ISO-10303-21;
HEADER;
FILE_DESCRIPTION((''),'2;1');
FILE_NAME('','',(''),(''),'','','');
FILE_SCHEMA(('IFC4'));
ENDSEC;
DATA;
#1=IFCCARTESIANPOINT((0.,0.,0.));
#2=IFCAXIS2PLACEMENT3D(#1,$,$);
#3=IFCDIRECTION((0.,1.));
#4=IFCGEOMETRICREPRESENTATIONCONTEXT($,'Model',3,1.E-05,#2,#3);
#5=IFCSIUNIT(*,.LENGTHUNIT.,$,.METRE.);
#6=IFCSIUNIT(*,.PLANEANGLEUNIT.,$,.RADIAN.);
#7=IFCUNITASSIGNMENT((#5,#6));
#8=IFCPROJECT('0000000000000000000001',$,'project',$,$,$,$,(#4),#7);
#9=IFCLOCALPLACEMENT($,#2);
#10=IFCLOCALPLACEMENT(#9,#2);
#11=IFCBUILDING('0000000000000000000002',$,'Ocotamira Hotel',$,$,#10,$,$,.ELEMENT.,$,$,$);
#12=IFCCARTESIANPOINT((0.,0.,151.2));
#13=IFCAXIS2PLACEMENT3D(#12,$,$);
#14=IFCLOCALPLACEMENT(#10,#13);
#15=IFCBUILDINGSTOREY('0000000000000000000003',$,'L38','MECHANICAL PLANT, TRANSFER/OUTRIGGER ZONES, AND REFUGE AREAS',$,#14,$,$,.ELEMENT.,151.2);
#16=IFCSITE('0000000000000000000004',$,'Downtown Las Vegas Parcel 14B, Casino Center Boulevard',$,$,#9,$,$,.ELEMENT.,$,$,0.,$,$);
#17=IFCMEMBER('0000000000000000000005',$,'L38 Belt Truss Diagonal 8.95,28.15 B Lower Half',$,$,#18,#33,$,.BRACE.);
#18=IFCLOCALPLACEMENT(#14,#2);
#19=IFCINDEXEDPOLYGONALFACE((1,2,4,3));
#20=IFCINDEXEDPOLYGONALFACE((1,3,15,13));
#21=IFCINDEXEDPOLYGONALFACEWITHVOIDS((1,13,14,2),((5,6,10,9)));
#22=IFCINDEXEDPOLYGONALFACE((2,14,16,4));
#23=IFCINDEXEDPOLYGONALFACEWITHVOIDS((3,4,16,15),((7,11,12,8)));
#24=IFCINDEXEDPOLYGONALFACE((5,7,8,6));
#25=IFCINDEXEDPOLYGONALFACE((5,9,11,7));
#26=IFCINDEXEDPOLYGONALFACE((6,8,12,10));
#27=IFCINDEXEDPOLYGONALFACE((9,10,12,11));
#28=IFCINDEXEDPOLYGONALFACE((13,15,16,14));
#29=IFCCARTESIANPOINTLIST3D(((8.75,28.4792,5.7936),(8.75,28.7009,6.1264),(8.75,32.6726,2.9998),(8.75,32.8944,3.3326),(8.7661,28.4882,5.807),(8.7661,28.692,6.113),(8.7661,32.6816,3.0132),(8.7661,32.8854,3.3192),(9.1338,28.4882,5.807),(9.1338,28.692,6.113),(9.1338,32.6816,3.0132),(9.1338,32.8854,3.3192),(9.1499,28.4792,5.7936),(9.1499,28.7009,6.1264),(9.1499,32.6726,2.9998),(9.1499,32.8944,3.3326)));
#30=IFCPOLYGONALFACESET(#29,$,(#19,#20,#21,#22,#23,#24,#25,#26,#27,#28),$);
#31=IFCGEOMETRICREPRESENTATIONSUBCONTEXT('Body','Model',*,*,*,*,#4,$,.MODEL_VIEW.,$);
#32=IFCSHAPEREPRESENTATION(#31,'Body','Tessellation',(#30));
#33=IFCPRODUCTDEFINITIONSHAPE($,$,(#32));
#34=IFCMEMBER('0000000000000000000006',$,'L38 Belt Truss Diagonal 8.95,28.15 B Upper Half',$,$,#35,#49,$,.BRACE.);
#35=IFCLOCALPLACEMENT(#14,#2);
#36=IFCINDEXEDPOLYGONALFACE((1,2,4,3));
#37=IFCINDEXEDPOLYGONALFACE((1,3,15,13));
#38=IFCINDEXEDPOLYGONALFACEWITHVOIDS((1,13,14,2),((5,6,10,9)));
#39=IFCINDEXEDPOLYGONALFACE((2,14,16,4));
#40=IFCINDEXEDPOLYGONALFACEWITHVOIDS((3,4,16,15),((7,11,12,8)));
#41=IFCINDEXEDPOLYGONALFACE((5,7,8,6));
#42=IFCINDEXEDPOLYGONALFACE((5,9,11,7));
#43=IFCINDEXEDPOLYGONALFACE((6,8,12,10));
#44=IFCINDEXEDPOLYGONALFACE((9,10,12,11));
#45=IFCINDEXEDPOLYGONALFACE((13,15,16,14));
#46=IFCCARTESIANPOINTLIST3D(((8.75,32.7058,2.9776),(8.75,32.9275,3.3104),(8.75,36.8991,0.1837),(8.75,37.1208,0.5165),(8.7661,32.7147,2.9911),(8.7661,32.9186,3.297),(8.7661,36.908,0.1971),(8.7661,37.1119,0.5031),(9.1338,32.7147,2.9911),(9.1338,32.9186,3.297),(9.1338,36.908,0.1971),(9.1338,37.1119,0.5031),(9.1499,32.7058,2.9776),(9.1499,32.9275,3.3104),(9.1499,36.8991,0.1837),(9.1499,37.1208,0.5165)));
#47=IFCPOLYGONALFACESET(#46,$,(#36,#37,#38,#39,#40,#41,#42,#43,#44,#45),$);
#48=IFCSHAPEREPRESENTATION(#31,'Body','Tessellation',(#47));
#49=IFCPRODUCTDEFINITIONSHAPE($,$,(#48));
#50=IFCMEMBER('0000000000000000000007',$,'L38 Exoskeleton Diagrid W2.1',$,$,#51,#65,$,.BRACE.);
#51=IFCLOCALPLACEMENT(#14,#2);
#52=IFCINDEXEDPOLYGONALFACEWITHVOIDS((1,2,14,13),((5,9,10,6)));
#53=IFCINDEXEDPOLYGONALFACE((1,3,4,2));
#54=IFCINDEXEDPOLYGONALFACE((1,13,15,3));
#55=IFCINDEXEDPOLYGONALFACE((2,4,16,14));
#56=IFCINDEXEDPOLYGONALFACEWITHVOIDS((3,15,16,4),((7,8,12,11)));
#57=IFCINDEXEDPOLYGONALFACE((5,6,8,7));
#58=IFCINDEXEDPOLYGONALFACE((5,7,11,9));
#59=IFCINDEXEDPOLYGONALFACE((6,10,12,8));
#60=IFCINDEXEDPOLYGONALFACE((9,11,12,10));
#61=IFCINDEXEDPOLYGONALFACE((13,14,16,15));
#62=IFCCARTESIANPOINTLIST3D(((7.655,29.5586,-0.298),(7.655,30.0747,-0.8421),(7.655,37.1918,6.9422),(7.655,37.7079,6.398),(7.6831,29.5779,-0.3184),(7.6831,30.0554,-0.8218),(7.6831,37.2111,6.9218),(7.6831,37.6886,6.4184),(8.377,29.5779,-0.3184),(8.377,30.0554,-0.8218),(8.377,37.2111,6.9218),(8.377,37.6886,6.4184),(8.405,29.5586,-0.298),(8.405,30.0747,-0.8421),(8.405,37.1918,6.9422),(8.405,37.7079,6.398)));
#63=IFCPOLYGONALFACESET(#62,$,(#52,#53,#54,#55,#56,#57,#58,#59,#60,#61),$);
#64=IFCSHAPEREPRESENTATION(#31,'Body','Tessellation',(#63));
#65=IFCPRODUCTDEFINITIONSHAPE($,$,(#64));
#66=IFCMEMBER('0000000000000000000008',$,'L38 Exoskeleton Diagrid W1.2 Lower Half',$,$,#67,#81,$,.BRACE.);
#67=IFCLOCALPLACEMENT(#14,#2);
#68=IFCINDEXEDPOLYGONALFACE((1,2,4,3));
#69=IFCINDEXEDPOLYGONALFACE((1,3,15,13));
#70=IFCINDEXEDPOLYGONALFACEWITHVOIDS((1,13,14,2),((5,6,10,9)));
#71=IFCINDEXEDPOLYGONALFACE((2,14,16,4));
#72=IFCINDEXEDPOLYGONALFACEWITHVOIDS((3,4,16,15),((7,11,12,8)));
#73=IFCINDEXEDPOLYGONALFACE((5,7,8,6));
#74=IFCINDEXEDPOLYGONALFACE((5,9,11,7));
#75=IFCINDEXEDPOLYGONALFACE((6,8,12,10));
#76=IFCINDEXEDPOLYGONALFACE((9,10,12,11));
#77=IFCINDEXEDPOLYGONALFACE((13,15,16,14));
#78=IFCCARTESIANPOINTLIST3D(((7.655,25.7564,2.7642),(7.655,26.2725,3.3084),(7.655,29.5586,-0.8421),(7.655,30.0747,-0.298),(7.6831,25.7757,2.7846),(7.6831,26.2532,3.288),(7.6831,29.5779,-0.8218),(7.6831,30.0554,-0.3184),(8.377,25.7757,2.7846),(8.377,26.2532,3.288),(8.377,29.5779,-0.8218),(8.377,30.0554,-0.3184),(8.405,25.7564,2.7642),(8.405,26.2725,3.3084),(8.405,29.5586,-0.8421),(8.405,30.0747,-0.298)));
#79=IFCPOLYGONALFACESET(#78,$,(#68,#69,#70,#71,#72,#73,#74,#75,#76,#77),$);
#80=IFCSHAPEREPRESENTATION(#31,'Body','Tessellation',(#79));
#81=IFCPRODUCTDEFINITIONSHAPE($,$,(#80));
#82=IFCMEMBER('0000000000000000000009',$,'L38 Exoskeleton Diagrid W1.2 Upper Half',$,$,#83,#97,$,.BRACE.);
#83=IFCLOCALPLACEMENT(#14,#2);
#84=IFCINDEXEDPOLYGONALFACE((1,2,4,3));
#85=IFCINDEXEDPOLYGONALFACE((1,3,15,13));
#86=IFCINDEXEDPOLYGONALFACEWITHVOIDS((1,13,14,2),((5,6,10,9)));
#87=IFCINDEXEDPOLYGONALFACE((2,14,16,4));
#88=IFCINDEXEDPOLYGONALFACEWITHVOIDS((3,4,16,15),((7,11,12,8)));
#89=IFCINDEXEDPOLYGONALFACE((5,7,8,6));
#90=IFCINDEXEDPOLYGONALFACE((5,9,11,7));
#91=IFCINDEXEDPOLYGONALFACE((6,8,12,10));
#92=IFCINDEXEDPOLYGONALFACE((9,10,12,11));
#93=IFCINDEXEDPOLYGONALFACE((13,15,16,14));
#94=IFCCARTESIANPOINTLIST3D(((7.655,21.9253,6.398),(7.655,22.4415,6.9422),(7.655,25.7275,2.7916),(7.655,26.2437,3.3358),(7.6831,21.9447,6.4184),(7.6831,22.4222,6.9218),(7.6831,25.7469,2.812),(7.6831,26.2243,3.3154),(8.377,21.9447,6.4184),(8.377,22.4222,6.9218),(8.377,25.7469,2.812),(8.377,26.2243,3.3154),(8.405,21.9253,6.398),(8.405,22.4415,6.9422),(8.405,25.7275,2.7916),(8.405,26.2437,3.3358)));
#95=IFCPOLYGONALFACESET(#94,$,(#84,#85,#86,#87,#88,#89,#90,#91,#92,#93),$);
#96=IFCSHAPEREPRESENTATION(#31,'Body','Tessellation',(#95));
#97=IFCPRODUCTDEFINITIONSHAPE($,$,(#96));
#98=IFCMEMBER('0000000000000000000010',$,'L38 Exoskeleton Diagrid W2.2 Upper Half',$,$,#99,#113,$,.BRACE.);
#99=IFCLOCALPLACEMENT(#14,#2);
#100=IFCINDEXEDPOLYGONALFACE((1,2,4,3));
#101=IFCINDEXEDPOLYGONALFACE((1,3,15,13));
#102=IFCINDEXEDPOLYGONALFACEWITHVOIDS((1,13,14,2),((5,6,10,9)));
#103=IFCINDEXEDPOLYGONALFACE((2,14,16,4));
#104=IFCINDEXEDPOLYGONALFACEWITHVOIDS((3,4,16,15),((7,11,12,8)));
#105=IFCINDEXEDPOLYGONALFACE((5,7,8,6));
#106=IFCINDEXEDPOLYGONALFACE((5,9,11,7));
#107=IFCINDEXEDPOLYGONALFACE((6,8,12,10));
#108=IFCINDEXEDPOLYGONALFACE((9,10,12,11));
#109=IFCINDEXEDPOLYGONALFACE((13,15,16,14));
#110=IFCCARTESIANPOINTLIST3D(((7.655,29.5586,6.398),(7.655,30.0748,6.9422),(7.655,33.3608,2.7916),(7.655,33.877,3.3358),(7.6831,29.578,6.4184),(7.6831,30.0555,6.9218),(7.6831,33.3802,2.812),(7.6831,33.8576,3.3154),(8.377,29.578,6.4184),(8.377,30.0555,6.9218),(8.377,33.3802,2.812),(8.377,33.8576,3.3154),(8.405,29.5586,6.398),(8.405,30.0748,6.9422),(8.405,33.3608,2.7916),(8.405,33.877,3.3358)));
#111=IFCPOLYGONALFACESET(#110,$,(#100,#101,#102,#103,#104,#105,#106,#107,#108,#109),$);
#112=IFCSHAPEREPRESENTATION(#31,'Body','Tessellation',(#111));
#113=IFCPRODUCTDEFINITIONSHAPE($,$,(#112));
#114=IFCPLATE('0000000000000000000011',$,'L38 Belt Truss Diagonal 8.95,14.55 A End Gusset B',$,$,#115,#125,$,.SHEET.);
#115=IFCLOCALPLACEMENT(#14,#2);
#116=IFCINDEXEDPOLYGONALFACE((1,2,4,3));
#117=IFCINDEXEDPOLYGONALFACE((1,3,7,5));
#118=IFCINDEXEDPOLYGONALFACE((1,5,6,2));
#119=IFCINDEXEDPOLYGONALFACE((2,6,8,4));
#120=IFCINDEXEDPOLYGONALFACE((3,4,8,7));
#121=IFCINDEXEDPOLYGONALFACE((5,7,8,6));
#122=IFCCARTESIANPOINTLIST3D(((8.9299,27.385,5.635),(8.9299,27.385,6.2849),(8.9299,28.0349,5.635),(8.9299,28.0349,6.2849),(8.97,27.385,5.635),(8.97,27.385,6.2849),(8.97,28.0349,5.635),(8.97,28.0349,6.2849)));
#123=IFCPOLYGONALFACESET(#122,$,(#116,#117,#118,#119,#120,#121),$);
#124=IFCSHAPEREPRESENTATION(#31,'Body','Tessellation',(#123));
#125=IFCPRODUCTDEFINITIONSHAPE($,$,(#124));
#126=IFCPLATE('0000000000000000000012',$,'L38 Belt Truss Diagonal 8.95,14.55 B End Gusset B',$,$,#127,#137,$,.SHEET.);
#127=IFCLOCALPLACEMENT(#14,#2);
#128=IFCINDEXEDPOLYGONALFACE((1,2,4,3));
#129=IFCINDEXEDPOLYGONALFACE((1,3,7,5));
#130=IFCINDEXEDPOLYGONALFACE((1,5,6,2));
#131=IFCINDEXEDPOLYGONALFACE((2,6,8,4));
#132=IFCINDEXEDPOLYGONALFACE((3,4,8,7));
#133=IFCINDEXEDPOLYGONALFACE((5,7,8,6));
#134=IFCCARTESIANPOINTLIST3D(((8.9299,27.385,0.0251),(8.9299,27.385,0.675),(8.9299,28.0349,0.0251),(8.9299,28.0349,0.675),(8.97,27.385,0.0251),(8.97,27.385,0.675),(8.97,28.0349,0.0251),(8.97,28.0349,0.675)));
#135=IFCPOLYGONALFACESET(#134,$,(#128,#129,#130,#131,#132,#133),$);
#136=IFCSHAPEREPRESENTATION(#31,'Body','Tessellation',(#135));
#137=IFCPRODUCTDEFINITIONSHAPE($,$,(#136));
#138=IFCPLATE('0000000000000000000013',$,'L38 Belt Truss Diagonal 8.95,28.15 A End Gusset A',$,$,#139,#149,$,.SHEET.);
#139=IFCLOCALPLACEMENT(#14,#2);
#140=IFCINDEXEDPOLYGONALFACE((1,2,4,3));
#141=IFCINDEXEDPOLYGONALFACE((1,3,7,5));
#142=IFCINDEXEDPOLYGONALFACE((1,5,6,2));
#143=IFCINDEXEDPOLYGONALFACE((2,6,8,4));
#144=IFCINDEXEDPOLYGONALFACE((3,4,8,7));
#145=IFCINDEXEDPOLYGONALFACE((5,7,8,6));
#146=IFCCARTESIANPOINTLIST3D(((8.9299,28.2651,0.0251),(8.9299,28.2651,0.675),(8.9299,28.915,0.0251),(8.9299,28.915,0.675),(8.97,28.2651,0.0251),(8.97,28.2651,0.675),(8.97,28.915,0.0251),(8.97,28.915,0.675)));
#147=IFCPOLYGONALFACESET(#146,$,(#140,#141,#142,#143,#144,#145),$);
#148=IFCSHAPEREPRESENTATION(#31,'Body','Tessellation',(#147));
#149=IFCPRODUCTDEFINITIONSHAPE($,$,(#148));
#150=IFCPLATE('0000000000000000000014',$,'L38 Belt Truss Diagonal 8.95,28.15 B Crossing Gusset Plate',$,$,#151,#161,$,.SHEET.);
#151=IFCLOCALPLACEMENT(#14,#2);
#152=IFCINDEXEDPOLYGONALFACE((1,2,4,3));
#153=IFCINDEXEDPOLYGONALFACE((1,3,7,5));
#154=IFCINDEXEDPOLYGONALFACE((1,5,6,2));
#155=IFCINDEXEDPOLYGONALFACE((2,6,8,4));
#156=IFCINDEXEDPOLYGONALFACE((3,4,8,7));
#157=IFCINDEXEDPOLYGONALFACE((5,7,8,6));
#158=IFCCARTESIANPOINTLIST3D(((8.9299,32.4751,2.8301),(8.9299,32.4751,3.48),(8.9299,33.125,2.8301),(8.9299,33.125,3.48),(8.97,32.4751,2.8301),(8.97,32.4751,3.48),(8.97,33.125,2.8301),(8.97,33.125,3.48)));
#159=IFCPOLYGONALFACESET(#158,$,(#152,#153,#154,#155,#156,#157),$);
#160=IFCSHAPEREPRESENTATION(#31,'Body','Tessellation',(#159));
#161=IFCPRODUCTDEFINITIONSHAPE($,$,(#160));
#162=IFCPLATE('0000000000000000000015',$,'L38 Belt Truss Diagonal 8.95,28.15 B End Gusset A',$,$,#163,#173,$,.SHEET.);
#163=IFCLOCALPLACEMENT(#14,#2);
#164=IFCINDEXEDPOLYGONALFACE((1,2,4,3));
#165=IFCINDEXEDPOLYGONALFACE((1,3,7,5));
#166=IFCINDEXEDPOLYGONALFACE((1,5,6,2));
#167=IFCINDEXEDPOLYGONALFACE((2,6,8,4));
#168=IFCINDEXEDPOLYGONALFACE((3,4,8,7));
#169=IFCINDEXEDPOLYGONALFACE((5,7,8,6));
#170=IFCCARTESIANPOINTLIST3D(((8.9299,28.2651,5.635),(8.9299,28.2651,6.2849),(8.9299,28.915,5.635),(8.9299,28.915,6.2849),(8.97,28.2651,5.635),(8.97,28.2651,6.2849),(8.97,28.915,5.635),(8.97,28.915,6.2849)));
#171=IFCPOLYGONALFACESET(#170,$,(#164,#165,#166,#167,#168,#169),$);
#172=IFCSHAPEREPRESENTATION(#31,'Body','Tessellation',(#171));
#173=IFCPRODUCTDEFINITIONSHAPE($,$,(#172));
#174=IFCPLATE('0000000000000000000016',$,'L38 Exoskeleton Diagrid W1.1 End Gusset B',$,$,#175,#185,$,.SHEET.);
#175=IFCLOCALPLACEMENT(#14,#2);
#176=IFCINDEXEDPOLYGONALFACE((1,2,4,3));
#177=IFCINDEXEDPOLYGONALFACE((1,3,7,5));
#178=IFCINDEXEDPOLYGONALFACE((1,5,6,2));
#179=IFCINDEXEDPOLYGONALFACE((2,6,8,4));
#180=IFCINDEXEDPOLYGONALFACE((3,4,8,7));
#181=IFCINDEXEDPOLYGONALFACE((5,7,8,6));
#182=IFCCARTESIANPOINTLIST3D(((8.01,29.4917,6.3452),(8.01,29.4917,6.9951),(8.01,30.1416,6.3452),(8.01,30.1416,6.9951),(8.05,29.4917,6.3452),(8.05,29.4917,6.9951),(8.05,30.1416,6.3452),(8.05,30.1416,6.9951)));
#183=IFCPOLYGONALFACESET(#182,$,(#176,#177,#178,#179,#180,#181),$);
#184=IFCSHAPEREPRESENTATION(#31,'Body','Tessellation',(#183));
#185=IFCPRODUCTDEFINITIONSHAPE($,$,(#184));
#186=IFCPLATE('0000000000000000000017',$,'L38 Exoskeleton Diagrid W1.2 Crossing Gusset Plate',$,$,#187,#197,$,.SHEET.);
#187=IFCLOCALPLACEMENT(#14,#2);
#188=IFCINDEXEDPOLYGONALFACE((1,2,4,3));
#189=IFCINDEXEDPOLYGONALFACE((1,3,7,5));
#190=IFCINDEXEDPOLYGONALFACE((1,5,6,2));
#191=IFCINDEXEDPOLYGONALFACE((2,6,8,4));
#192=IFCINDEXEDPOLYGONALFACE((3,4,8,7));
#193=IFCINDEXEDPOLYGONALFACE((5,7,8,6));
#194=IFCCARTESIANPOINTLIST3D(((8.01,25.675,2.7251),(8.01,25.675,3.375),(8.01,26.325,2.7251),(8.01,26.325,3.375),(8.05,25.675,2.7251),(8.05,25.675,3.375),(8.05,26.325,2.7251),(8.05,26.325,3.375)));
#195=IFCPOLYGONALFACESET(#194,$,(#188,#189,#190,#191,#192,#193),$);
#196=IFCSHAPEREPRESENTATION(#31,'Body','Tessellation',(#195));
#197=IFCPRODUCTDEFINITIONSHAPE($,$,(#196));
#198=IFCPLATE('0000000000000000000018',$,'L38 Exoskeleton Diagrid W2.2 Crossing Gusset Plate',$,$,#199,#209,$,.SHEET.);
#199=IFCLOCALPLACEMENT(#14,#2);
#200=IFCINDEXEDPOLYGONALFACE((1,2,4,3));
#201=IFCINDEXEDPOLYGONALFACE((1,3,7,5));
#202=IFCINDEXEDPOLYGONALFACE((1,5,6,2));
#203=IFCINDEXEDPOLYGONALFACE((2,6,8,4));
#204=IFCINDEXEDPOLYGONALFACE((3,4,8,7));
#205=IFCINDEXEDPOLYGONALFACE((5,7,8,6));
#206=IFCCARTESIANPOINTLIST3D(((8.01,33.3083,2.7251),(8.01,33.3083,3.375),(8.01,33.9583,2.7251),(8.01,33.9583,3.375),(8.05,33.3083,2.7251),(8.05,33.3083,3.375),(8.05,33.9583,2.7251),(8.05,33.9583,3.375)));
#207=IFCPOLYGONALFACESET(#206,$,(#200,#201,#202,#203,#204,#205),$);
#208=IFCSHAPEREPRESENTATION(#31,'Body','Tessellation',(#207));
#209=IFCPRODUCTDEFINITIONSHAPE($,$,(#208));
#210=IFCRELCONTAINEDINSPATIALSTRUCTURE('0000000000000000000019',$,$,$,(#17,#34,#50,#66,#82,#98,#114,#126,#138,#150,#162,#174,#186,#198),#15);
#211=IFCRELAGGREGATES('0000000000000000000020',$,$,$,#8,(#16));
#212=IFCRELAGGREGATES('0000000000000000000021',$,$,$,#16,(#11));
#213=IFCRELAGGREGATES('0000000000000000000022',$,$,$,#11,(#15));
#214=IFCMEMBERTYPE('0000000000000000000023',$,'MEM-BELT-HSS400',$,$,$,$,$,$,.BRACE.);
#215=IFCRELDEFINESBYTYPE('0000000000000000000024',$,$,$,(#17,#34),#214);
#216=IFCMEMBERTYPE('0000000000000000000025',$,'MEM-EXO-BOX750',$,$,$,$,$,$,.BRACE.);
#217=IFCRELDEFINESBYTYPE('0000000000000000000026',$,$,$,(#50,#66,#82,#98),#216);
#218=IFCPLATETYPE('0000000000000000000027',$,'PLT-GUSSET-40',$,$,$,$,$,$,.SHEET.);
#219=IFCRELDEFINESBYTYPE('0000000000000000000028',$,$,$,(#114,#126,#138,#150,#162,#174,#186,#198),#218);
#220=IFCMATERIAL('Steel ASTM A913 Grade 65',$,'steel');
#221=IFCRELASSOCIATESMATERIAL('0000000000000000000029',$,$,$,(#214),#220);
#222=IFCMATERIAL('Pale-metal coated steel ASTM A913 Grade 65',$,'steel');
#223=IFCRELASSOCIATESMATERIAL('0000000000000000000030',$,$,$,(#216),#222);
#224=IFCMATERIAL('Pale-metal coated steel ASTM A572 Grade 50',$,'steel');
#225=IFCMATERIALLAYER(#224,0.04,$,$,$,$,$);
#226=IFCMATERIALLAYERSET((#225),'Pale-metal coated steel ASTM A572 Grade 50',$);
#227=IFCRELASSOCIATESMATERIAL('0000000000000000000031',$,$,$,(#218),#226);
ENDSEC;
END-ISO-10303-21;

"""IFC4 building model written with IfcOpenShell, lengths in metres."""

from ifc_helpers import new_model, si_unit, direction, frame, origin, origin_2d, place, context, subcontext, project, spatial, rectangle, hollow_rectangle, extrude, source, transform, mapped, material, layer, layer_set, material_profile, profile_set, type_object, element, save


model = new_model("IFC4")

# Units and contexts
model_context = context("Model", 3, precision=1e-05, world=origin(), true_north=direction((0.0, 1.0)))
body_context = subcontext(model_context, "Body", "Model", "MODEL_VIEW")
ifc_project = project(units=[si_unit("LENGTHUNIT", "METRE"), si_unit("PLANEANGLEUNIT", "RADIAN")], contexts=[model_context])

# Site, building, storey
site_placement = place(None, origin())
site = spatial("IfcSite", under=ifc_project, at=site_placement, Name="Downtown Las Vegas Parcel 14B, Casino Center Boulevard", CompositionType="ELEMENT", RefElevation=0.0)
building_placement = place(site_placement, origin())
building = spatial("IfcBuilding", under=site, at=building_placement, Name="Ocotamira Hotel", CompositionType="ELEMENT")
storey_placement = place(building_placement, frame((0.0, 0.0, 151.2)))
storey = spatial("IfcBuildingStorey", under=building, at=storey_placement, Name="L38", Description="MECHANICAL PLANT, TRANSFER/OUTRIGGER ZONES, AND REFUGE AREAS", CompositionType="ELEMENT", Elevation=151.2)

# Shared definitions
ifc_material_1 = material(Name="Steel ASTM A913 Grade 65", Category="steel")

# Members
ifc_material_profile_1 = material_profile(ifc_material_1, hollow_rectangle(XDim=0.3999, YDim=0.3999, WallThickness=0.0161, at=origin_2d()), Name="HSS400X400X16")
ifc_profile_set_1 = profile_set([ifc_material_profile_1], Name="Steel ASTM A913 Grade 65")
member_type_1 = type_object("IfcMemberType", Name="MEM-BELT-HSS400", PredefinedType="BRACE", material=ifc_profile_set_1)
shared_shape_1 = source(origin(), body_context, "Body", "SweptSolid", [
    extrude(hollow_rectangle(XDim=0.3999, YDim=0.3999, WallThickness=0.0161, at=origin_2d()), origin(), (0.0, 0.0, 1.0), 5.0388),
])
for number, where, z_axis, x_axis, name in (
    (1, (8.95, 28.5901, 5.96), (0.0, 0.832222, -0.554443), (-1.0, 0.0, 0.0), "L38 Belt Truss Diagonal 8.95,28.15 B Lower Half"),
    (2, (8.95, 32.8167, 3.144), (0.0, 0.832199, -0.554477), (-1.0, 0.0, 0.0), "L38 Belt Truss Diagonal 8.95,28.15 B Upper Half"),
):
    element("IfcMember", number, at=place(storey_placement, frame(where, z_axis=z_axis, x_axis=x_axis)), inside=storey, type_object=member_type_1, Name=name, PredefinedType="BRACE", context=body_context, shape_type="MappedRepresentation", body=[
        mapped(shared_shape_1, transform((0.0, 0.0, 0.0), scale=1.0)),
    ])
ifc_material_2 = material(Name="Pale-metal coated steel ASTM A913 Grade 65", Category="steel")
ifc_material_profile_2 = material_profile(ifc_material_2, hollow_rectangle(XDim=0.75, YDim=0.75, WallThickness=0.0281, at=origin_2d()), Name="BOX750X750X28")
ifc_profile_set_2 = profile_set([ifc_material_profile_2], Name="Pale-metal coated steel ASTM A913 Grade 65")
member_type_2 = type_object("IfcMemberType", Name="MEM-EXO-BOX750", PredefinedType="BRACE", material=ifc_profile_set_2)
shared_shape_2 = source(origin(), body_context, "Body", "SweptSolid", [
    extrude(hollow_rectangle(XDim=0.75, YDim=0.75, WallThickness=0.0281, at=origin_2d()), origin(), (0.0, 0.0, 1.0), 10.5208),
])
member_1_placement = place(storey_placement, frame((8.03, 29.8167, -0.5701), z_axis=(0.0, 0.72554, 0.68818), x_axis=(-1.0, 0.0, 0.0)))
element("IfcMember", 3, at=member_1_placement, inside=storey, type_object=member_type_2, Name="L38 Exoskeleton Diagrid W2.1", PredefinedType="BRACE", context=body_context, shape_type="MappedRepresentation", body=[
    mapped(shared_shape_2, transform((0.0, 0.0, 0.0), scale=1.0)),
])
shared_shape_3 = source(origin(), body_context, "Body", "SweptSolid", [
    extrude(hollow_rectangle(XDim=0.75, YDim=0.75, WallThickness=0.0281, at=origin_2d()), origin(), (0.0, 0.0, 1.0), 5.2405),
])
for number, where, z_axis, x_axis, name in (
    (4, (8.03, 29.8167, -0.5701), (0.0, -0.725541, 0.688179), (1.0, 0.0, 0.0), "L38 Exoskeleton Diagrid W1.2 Lower Half"),
    (5, (8.03, 25.9856, 3.0637), (0.0, -0.725541, 0.688179), (1.0, 0.0, 0.0), "L38 Exoskeleton Diagrid W1.2 Upper Half"),
    (6, (8.03, 33.6189, 3.0637), (0.0, -0.725541, 0.688179), (1.0, 0.0, 0.0), "L38 Exoskeleton Diagrid W2.2 Upper Half"),
):
    element("IfcMember", number, at=place(storey_placement, frame(where, z_axis=z_axis, x_axis=x_axis)), inside=storey, type_object=member_type_2, Name=name, PredefinedType="BRACE", context=body_context, shape_type="MappedRepresentation", body=[
        mapped(shared_shape_3, transform((0.0, 0.0, 0.0), scale=1.0)),
    ])

# Plates
ifc_material_3 = material(Name="Pale-metal coated steel ASTM A572 Grade 50", Category="steel")
ifc_layer_1 = layer(ifc_material_3, 0.04)
ifc_layer_set_1 = layer_set([ifc_layer_1], Name="Pale-metal coated steel ASTM A572 Grade 50")
plate_type = type_object("IfcPlateType", Name="PLT-GUSSET-40", PredefinedType="SHEET", material=ifc_layer_set_1)
shared_shape_4 = source(origin(), body_context, "Body", "SweptSolid", [
    extrude(rectangle(XDim=0.04, YDim=0.6499, at=origin_2d()), origin(), (0.0, 0.0, 1.0), 0.6499),
])
for number, where, z_axis, x_axis, name in (
    (7, (8.95, 27.71, 5.635), (0.0, 0.0, 1.0), (1.0, 0.0, 0.0), "L38 Belt Truss Diagonal 8.95,14.55 A End Gusset B"),
    (8, (8.95, 27.71, 0.0251), (0.0, 0.0, 1.0), (1.0, 0.0, 0.0), "L38 Belt Truss Diagonal 8.95,14.55 B End Gusset B"),
    (9, (8.95, 28.5901, 0.0251), (0.0, 0.0, 1.0), (1.0, 0.0, 0.0), "L38 Belt Truss Diagonal 8.95,28.15 A End Gusset A"),
    (10, (8.95, 32.8, 2.8301), (0.0, 0.0, 1.0), (1.0, 0.0, 0.0), "L38 Belt Truss Diagonal 8.95,28.15 B Crossing Gusset Plate"),
    (11, (8.95, 28.5901, 5.635), (0.0, 0.0, 1.0), (1.0, 0.0, 0.0), "L38 Belt Truss Diagonal 8.95,28.15 B End Gusset A"),
    (12, (8.03, 29.8167, 6.3452), (0.0, 0.0, 1.0), (1.0, 0.0, 0.0), "L38 Exoskeleton Diagrid W1.1 End Gusset B"),
    (13, (8.03, 26.0, 2.7251), (0.0, 0.0, 1.0), (1.0, 0.0, 0.0), "L38 Exoskeleton Diagrid W1.2 Crossing Gusset Plate"),
    (14, (8.03, 33.6333, 2.7251), (0.0, 0.0, 1.0), (1.0, 0.0, 0.0), "L38 Exoskeleton Diagrid W2.2 Crossing Gusset Plate"),
):
    element("IfcPlate", number, at=place(storey_placement, frame(where, z_axis=z_axis, x_axis=x_axis)), inside=storey, type_object=plate_type, Name=name, PredefinedType="SHEET", context=body_context, shape_type="MappedRepresentation", body=[
        mapped(shared_shape_4, transform((0.0, 0.0, 0.0), scale=1.0)),
    ])

save(model, "model.ifc")
